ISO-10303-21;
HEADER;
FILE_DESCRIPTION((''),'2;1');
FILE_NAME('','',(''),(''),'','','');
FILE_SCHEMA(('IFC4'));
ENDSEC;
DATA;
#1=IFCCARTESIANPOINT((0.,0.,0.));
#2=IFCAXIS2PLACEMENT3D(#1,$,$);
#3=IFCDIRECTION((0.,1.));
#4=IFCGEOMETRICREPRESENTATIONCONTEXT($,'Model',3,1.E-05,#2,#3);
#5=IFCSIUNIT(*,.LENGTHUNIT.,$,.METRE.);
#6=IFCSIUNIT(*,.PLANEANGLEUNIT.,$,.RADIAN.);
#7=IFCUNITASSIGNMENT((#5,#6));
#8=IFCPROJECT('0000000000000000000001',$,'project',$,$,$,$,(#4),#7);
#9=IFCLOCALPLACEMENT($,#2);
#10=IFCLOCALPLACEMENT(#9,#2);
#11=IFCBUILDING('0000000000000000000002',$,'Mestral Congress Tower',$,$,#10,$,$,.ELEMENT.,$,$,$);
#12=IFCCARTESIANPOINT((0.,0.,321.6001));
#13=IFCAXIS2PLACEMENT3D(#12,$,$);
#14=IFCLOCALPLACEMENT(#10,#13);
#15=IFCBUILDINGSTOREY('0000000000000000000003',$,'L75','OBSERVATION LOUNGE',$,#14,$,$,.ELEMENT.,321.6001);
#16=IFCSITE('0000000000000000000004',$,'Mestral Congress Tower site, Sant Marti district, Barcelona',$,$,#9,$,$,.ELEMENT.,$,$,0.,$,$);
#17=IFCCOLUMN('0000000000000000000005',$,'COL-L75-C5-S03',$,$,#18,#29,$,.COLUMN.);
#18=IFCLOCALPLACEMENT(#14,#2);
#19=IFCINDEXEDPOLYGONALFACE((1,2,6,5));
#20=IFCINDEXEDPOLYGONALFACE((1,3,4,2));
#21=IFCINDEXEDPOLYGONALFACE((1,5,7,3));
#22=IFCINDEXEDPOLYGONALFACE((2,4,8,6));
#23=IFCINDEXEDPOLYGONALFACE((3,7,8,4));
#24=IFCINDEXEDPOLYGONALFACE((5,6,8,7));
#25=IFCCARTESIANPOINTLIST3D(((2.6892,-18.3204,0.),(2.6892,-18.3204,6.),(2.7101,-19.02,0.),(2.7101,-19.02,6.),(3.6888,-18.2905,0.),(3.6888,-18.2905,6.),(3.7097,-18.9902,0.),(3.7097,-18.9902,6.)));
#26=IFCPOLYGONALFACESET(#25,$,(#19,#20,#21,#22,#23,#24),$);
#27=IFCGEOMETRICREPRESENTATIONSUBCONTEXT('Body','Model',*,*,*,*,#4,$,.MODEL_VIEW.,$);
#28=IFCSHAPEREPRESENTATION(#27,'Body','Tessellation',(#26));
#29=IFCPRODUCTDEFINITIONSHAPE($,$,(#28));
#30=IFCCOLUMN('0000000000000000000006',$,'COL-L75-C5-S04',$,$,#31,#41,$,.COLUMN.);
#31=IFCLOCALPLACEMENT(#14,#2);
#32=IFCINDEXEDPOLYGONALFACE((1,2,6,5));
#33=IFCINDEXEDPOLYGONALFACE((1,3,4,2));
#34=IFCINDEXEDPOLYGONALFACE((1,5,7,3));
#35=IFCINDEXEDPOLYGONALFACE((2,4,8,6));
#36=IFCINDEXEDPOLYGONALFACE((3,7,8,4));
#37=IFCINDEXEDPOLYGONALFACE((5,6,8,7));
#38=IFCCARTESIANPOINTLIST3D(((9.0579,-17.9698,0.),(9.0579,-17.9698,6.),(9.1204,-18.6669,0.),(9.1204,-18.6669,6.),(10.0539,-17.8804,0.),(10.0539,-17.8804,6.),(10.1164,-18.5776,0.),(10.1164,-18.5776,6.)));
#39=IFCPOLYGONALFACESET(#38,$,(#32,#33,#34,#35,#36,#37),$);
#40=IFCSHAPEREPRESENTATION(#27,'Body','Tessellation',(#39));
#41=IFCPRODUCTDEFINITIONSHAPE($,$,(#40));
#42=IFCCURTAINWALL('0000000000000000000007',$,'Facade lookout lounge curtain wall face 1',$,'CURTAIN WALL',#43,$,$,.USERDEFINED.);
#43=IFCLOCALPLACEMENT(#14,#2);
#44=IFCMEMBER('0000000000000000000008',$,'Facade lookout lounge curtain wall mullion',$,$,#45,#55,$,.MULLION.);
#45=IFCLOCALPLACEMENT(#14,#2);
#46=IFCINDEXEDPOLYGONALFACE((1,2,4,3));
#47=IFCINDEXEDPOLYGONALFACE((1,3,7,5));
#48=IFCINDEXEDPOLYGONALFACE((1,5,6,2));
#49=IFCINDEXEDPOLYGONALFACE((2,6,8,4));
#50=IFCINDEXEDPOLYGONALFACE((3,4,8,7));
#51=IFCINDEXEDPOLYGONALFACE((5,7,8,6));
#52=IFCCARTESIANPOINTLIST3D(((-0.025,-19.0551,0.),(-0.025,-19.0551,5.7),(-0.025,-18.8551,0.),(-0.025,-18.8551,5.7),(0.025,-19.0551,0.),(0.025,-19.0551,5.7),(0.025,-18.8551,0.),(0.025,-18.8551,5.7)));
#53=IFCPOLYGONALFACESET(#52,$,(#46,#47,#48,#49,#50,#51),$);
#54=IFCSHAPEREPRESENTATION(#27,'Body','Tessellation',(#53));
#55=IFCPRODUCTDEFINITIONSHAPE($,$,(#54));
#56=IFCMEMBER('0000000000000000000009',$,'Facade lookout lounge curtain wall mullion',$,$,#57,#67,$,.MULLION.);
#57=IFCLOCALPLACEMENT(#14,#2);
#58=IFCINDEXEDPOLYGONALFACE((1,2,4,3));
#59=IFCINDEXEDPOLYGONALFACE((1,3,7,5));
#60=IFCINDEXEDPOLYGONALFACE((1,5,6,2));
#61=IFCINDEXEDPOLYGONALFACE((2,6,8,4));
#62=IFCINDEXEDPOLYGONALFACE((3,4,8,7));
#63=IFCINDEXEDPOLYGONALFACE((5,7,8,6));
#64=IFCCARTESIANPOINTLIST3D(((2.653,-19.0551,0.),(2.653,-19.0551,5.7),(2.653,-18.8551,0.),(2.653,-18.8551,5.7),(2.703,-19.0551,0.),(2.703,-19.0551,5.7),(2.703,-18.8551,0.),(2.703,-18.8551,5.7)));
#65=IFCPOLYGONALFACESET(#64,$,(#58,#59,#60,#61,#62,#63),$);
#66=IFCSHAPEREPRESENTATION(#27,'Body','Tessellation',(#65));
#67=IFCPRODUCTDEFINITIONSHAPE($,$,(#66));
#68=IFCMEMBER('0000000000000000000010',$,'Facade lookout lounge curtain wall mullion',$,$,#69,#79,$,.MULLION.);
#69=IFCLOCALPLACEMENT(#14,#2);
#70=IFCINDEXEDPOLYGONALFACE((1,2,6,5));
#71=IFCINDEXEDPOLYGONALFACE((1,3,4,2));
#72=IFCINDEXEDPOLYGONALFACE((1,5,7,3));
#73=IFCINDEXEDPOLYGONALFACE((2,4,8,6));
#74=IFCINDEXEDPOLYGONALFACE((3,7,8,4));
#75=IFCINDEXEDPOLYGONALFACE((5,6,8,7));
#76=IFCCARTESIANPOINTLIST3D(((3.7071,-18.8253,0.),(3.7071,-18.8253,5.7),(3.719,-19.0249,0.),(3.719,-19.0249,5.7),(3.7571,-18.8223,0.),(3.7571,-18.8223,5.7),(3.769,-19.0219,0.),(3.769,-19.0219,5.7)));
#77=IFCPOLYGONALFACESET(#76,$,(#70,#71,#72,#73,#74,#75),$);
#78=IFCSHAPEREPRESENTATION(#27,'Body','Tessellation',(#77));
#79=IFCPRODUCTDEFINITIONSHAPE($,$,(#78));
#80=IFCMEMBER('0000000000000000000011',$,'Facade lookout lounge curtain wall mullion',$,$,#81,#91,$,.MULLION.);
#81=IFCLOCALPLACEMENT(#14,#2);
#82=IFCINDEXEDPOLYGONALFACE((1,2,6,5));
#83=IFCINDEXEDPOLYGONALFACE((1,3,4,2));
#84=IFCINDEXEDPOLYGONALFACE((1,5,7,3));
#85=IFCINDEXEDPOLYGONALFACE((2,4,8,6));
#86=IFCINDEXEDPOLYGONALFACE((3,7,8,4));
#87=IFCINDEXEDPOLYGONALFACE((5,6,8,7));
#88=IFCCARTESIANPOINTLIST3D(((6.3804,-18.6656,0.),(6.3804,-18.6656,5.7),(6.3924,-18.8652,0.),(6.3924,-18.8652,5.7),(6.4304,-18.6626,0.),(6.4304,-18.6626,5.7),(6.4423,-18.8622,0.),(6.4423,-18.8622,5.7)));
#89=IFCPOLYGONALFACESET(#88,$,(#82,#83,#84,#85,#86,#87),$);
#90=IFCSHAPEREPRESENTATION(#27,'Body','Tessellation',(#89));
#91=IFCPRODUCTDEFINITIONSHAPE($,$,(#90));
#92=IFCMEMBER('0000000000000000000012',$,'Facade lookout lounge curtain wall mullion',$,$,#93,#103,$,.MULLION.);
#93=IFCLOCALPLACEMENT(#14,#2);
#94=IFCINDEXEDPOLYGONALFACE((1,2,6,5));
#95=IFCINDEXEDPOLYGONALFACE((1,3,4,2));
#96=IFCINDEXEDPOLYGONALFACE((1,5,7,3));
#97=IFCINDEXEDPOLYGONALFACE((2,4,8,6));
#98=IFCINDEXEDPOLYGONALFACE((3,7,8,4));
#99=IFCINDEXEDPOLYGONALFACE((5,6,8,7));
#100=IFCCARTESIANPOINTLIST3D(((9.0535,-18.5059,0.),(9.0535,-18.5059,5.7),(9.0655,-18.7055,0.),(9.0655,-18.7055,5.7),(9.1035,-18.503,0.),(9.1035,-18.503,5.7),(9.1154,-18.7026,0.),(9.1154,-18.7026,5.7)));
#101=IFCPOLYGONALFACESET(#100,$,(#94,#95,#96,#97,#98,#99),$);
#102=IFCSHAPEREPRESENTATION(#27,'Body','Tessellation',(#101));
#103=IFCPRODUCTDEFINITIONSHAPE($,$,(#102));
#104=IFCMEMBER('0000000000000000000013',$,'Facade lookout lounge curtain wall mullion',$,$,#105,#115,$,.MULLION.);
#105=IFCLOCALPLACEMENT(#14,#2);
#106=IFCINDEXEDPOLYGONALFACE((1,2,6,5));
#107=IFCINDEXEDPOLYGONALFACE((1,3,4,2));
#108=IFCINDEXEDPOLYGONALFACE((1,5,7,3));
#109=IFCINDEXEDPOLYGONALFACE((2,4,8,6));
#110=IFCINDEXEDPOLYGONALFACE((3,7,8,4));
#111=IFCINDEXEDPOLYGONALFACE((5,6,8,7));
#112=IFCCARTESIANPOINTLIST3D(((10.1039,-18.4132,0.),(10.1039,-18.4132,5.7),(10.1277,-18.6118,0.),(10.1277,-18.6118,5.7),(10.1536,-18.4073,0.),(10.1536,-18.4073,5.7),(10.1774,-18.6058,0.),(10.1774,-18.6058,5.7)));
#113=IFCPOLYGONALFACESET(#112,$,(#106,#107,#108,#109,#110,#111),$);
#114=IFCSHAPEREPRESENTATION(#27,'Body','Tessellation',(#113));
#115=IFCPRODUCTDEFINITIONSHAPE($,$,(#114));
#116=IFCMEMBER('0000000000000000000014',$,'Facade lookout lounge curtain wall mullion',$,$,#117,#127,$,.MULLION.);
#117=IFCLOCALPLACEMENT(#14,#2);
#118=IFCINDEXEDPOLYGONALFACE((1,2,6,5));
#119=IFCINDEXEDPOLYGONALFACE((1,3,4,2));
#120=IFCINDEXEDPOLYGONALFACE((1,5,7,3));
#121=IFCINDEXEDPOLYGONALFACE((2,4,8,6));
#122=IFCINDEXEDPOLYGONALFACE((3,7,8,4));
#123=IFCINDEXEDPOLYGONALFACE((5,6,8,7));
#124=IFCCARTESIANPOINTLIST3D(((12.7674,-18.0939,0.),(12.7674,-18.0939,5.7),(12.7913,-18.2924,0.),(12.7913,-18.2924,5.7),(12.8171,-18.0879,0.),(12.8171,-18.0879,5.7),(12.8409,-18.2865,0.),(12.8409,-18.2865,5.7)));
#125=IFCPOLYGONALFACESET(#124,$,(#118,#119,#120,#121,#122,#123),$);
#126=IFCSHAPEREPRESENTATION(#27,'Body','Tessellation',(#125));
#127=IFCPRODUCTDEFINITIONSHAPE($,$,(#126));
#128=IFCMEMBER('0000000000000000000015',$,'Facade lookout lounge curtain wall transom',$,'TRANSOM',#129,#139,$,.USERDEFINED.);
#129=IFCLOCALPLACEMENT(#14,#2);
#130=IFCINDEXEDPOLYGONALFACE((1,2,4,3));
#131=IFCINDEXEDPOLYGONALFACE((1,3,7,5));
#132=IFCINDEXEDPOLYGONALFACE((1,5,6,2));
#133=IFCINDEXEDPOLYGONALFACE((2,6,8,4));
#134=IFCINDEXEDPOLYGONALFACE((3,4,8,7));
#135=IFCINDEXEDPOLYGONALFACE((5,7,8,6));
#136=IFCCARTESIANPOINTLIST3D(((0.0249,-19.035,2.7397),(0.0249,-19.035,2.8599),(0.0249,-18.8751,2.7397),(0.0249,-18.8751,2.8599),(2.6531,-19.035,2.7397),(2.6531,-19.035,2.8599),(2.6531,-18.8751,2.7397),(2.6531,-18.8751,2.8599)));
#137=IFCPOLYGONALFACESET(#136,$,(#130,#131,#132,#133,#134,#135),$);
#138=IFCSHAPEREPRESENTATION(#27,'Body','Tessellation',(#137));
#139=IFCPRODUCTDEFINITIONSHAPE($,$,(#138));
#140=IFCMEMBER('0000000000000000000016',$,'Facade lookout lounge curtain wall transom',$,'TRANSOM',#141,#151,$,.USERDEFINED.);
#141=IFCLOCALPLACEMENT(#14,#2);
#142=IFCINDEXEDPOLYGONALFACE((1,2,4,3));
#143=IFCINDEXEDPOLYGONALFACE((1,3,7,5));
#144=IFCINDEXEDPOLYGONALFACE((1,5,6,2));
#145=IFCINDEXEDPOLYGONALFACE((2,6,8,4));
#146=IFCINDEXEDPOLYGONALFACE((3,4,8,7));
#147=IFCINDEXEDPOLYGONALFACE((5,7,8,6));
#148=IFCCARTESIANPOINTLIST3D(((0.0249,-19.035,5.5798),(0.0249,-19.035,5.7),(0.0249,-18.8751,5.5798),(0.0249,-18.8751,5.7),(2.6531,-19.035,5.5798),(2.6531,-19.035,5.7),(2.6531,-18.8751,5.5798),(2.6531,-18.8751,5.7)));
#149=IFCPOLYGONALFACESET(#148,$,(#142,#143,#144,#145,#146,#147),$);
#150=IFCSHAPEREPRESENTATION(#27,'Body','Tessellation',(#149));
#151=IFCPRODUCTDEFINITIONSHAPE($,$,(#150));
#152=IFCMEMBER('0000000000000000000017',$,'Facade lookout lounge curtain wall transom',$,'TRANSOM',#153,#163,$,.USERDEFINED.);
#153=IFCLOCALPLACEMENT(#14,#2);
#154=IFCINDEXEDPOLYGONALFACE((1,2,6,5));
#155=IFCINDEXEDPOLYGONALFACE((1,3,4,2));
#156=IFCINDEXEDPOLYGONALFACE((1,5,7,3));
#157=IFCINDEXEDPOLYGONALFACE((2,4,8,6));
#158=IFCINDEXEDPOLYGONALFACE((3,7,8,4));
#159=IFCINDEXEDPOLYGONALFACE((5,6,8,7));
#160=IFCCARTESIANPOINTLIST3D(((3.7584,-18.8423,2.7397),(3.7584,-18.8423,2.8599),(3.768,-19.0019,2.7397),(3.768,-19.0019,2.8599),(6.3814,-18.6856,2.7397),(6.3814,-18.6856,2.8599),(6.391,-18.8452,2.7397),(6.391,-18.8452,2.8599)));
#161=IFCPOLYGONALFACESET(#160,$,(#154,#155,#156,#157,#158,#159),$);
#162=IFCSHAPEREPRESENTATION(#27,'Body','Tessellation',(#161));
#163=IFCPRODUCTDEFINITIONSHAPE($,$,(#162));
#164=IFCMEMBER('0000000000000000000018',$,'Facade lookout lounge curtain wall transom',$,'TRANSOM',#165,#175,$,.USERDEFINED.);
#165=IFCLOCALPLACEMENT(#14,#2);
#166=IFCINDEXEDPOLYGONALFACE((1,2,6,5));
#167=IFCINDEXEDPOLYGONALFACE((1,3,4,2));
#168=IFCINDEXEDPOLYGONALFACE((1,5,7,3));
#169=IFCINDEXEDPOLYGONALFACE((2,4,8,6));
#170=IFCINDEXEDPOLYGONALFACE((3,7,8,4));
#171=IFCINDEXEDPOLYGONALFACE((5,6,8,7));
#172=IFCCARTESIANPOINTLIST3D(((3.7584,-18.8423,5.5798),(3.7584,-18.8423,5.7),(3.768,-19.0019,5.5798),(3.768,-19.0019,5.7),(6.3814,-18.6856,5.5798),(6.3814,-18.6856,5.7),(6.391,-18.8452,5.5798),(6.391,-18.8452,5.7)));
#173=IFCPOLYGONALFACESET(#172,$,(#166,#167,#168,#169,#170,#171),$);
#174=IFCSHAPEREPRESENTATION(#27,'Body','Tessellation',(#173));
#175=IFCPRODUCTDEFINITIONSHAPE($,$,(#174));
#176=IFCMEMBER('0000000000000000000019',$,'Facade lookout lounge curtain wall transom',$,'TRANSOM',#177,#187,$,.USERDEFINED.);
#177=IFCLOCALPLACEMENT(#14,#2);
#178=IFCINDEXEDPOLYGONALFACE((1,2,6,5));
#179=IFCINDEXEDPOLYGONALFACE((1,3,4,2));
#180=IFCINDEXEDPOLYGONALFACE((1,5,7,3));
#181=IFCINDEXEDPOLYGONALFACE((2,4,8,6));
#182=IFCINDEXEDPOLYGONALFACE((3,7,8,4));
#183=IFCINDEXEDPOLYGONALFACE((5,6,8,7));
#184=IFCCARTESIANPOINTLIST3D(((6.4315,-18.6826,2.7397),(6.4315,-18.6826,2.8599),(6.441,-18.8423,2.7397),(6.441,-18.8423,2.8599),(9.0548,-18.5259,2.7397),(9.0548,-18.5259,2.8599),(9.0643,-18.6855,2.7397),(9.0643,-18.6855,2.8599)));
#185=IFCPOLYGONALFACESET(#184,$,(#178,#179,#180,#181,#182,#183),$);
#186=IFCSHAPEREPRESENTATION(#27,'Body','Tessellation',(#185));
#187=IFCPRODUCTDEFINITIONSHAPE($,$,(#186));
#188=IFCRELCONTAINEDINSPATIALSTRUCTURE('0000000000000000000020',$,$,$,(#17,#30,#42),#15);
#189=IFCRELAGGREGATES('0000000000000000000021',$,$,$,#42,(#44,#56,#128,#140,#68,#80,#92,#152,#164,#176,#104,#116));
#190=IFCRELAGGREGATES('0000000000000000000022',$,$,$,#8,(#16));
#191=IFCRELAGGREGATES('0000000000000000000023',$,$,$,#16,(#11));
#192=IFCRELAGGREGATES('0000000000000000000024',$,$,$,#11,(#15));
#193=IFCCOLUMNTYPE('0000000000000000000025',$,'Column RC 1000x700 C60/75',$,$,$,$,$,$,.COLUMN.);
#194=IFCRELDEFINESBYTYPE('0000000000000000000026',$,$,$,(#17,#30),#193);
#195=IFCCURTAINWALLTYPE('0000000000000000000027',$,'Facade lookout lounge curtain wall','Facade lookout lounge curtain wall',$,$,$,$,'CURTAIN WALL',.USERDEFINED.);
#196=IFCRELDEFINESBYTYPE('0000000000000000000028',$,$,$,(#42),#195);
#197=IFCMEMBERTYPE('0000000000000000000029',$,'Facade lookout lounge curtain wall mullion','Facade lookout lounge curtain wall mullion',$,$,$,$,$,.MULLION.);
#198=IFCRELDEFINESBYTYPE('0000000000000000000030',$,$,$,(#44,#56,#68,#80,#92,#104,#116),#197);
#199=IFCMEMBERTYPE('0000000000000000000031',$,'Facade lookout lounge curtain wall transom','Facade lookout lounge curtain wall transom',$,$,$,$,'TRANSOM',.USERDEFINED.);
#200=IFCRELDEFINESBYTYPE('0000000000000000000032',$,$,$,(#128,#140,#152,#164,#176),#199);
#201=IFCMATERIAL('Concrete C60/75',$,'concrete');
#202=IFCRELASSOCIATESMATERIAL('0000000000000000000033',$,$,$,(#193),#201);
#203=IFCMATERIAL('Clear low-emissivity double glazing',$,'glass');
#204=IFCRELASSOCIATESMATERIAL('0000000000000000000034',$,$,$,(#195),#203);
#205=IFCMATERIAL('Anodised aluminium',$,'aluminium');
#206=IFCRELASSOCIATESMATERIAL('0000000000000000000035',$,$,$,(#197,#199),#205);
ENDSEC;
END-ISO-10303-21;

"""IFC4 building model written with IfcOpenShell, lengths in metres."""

from ifc_helpers import new_model, si_unit, direction, frame, origin, origin_2d, place, context, subcontext, project, spatial, rectangle, extrude, material, material_profile, profile_set, type_object, element, aggregate, save


model = new_model("IFC4")

# Units and contexts
model_context = context("Model", 3, precision=1e-05, world=origin(), true_north=direction((0.0, 1.0)))
body_context = subcontext(model_context, "Body", "Model", "MODEL_VIEW")
ifc_project = project(units=[si_unit("LENGTHUNIT", "METRE"), si_unit("PLANEANGLEUNIT", "RADIAN")], contexts=[model_context])

# Site, building, storey
site_placement = place(None, origin())
site = spatial("IfcSite", under=ifc_project, at=site_placement, Name="Mestral Congress Tower site, Sant Marti district, Barcelona", CompositionType="ELEMENT", RefElevation=0.0)
building_placement = place(site_placement, origin())
building = spatial("IfcBuilding", under=site, at=building_placement, Name="Mestral Congress Tower", CompositionType="ELEMENT")
storey_placement = place(building_placement, frame((0.0, 0.0, 321.6001)))
storey = spatial("IfcBuildingStorey", under=building, at=storey_placement, Name="L75", Description="OBSERVATION LOUNGE", CompositionType="ELEMENT", Elevation=321.6001)

# Columns
ifc_material_1 = material(Name="Concrete C60/75", Category="concrete")
ifc_material_profile_1 = material_profile(ifc_material_1, rectangle(XDim=1.0, YDim=0.7, at=origin_2d()), Name="RC 1000x700")
ifc_profile_set_1 = profile_set([ifc_material_profile_1], Name="Concrete C60/75")
column_type = type_object("IfcColumnType", Name="Column RC 1000x700 C60/75", PredefinedType="COLUMN", material=ifc_profile_set_1)
for number, where, z_axis, x_axis, name in (
    (1, (3.1995, -18.6553, 0.0), (0.0, 0.0, 1.0), (0.999555, 0.029828, 0.0), "COL-L75-C5-S03"),
    (2, (9.5872, -18.2737, 0.0), (0.0, 0.0, 1.0), (0.995998, 0.089378, 0.0), "COL-L75-C5-S04"),
):
    element("IfcColumn", number, at=place(storey_placement, frame(where, z_axis=z_axis, x_axis=x_axis)), inside=storey, type_object=column_type, Name=name, PredefinedType="COLUMN", context=body_context, shape_type="SweptSolid", body=[
        extrude(rectangle(XDim=1.0, YDim=0.7, at=origin_2d()), origin(), (0.0, 0.0, 1.0), 6.0),
    ])

# Curtain wall, members
ifc_material_2 = material(Name="Clear low-emissivity double glazing", Category="glass")
curtain_wall_type = type_object("IfcCurtainWallType", Name="Facade lookout lounge curtain wall", Description="Facade lookout lounge curtain wall", ElementType="CURTAIN WALL", PredefinedType="USERDEFINED", material=ifc_material_2)
curtain_wall_placement = place(storey_placement, origin())
curtain_wall = element("IfcCurtainWall", 3, at=curtain_wall_placement, inside=storey, type_object=curtain_wall_type, Name="Facade lookout lounge curtain wall face 1", ObjectType="CURTAIN WALL", PredefinedType="USERDEFINED")
ifc_material_3 = material(Name="Anodised aluminium", Category="aluminium")
ifc_material_profile_2 = material_profile(ifc_material_3, rectangle(XDim=0.2, YDim=0.05, at=origin_2d()), Name="CW2 mullion 200 x 50")
ifc_profile_set_2 = profile_set([ifc_material_profile_2], Name="Anodised aluminium")
member_type_1 = type_object("IfcMemberType", Name="Facade lookout lounge curtain wall mullion", Description="Facade lookout lounge curtain wall mullion", PredefinedType="MULLION", material=ifc_profile_set_2)
member_1_placement = place(storey_placement, frame((0.0, -18.9551, 0.0), z_axis=(0.0, 0.0, 1.0), x_axis=(0.0, -1.0, 0.0)))
member_1 = element("IfcMember", 4, at=member_1_placement, type_object=member_type_1, Name="Facade lookout lounge curtain wall mullion", PredefinedType="MULLION", context=body_context, shape_type="SweptSolid", body=[
    extrude(rectangle(XDim=0.2, YDim=0.05, at=origin_2d()), origin(), (0.0, 0.0, 1.0), 5.7),
])
member_2_placement = place(storey_placement, frame((2.678, -18.9551, 0.0), z_axis=(0.0, 0.0, 1.0), x_axis=(0.0, -1.0, 0.0)))
member_2 = element("IfcMember", 5, at=member_2_placement, type_object=member_type_1, Name="Facade lookout lounge curtain wall mullion", PredefinedType="MULLION", context=body_context, shape_type="SweptSolid", body=[
    extrude(rectangle(XDim=0.2, YDim=0.05, at=origin_2d()), origin(), (0.0, 0.0, 1.0), 5.7),
])
member_3_placement = place(storey_placement, frame((3.738, -18.9236, 0.0), z_axis=(0.0, 0.0, 1.0), x_axis=(0.059618, -0.998221, 0.0)))
member_3 = element("IfcMember", 6, at=member_3_placement, type_object=member_type_1, Name="Facade lookout lounge curtain wall mullion", PredefinedType="MULLION", context=body_context, shape_type="SweptSolid", body=[
    extrude(rectangle(XDim=0.2, YDim=0.05, at=origin_2d()), origin(), (0.0, 0.0, 1.0), 5.7),
])
member_4_placement = place(storey_placement, frame((6.4114, -18.7639, 0.0), z_axis=(0.0, 0.0, 1.0), x_axis=(0.059618, -0.998221, 0.0)))
member_4 = element("IfcMember", 7, at=member_4_placement, type_object=member_type_1, Name="Facade lookout lounge curtain wall mullion", PredefinedType="MULLION", context=body_context, shape_type="SweptSolid", body=[
    extrude(rectangle(XDim=0.2, YDim=0.05, at=origin_2d()), origin(), (0.0, 0.0, 1.0), 5.7),
])
member_5_placement = place(storey_placement, frame((9.0845, -18.6042, 0.0), z_axis=(0.0, 0.0, 1.0), x_axis=(0.059618, -0.998221, 0.0)))
member_5 = element("IfcMember", 8, at=member_5_placement, type_object=member_type_1, Name="Facade lookout lounge curtain wall mullion", PredefinedType="MULLION", context=body_context, shape_type="SweptSolid", body=[
    extrude(rectangle(XDim=0.2, YDim=0.05, at=origin_2d()), origin(), (0.0, 0.0, 1.0), 5.7),
])
member_6_placement = place(storey_placement, frame((10.1406, -18.5095, 0.0), z_axis=(0.0, 0.0, 1.0), x_axis=(0.119057, -0.992887, 0.0)))
member_6 = element("IfcMember", 9, at=member_6_placement, type_object=member_type_1, Name="Facade lookout lounge curtain wall mullion", PredefinedType="MULLION", context=body_context, shape_type="SweptSolid", body=[
    extrude(rectangle(XDim=0.2, YDim=0.05, at=origin_2d()), origin(), (0.0, 0.0, 1.0), 5.7),
])
member_7_placement = place(storey_placement, frame((12.8042, -18.1902, 0.0), z_axis=(0.0, 0.0, 1.0), x_axis=(0.119057, -0.992887, 0.0)))
member_7 = element("IfcMember", 10, at=member_7_placement, type_object=member_type_1, Name="Facade lookout lounge curtain wall mullion", PredefinedType="MULLION", context=body_context, shape_type="SweptSolid", body=[
    extrude(rectangle(XDim=0.2, YDim=0.05, at=origin_2d()), origin(), (0.0, 0.0, 1.0), 5.7),
])
ifc_material_profile_3 = material_profile(ifc_material_3, rectangle(XDim=0.1599, YDim=0.1201, at=origin_2d()), Name="CW2 transom 160 x 120")
ifc_profile_set_3 = profile_set([ifc_material_profile_3], Name="Anodised aluminium")
member_type_2 = type_object("IfcMemberType", Name="Facade lookout lounge curtain wall transom", Description="Facade lookout lounge curtain wall transom", ElementType="TRANSOM", PredefinedType="USERDEFINED", material=ifc_profile_set_3)
member_8_placement = place(storey_placement, frame((0.0249, -18.9551, 2.7998), z_axis=(1.0, 0.0, 0.0), x_axis=(0.0, 1.0, 0.0)))
member_8 = element("IfcMember", 11, at=member_8_placement, type_object=member_type_2, Name="Facade lookout lounge curtain wall transom", ObjectType="TRANSOM", PredefinedType="USERDEFINED", context=body_context, shape_type="SweptSolid", body=[
    extrude(rectangle(XDim=0.1599, YDim=0.1201, at=origin_2d()), origin(), (0.0, 0.0, 1.0), 2.6282),
])
member_9_placement = place(storey_placement, frame((0.0249, -18.9551, 5.6399), z_axis=(1.0, 0.0, 0.0), x_axis=(0.0, 1.0, 0.0)))
member_9 = element("IfcMember", 12, at=member_9_placement, type_object=member_type_2, Name="Facade lookout lounge curtain wall transom", ObjectType="TRANSOM", PredefinedType="USERDEFINED", context=body_context, shape_type="SweptSolid", body=[
    extrude(rectangle(XDim=0.1599, YDim=0.1201, at=origin_2d()), origin(), (0.0, 0.0, 1.0), 2.6282),
])
member_10_placement = place(storey_placement, frame((3.7632, -18.9221, 2.7998), z_axis=(0.998219, 0.059648, 0.0), x_axis=(-0.059648, 0.998219, 0.0)))
member_10 = element("IfcMember", 13, at=member_10_placement, type_object=member_type_2, Name="Facade lookout lounge curtain wall transom", ObjectType="TRANSOM", PredefinedType="USERDEFINED", context=body_context, shape_type="SweptSolid", body=[
    extrude(rectangle(XDim=0.1599, YDim=0.1201, at=origin_2d()), origin(), (0.0, 0.0, 1.0), 2.6277),
])
member_11_placement = place(storey_placement, frame((3.7632, -18.9221, 5.6399), z_axis=(0.998219, 0.059648, 0.0), x_axis=(-0.059648, 0.998219, 0.0)))
member_11 = element("IfcMember", 14, at=member_11_placement, type_object=member_type_2, Name="Facade lookout lounge curtain wall transom", ObjectType="TRANSOM", PredefinedType="USERDEFINED", context=body_context, shape_type="SweptSolid", body=[
    extrude(rectangle(XDim=0.1599, YDim=0.1201, at=origin_2d()), origin(), (0.0, 0.0, 1.0), 2.6277),
])
member_12_placement = place(storey_placement, frame((6.4363, -18.7625, 2.7998), z_axis=(0.99822, 0.059642, 0.0), x_axis=(-0.059642, 0.99822, 0.0)))
member_12 = element("IfcMember", 15, at=member_12_placement, type_object=member_type_2, Name="Facade lookout lounge curtain wall transom", ObjectType="TRANSOM", PredefinedType="USERDEFINED", context=body_context, shape_type="SweptSolid", body=[
    extrude(rectangle(XDim=0.1599, YDim=0.1201, at=origin_2d()), origin(), (0.0, 0.0, 1.0), 2.6279),
])

aggregate(curtain_wall, [member_1, member_2, member_8, member_9, member_3, member_4, member_5, member_10, member_11, member_12, member_6, member_7])

save(model, "model.ifc")
